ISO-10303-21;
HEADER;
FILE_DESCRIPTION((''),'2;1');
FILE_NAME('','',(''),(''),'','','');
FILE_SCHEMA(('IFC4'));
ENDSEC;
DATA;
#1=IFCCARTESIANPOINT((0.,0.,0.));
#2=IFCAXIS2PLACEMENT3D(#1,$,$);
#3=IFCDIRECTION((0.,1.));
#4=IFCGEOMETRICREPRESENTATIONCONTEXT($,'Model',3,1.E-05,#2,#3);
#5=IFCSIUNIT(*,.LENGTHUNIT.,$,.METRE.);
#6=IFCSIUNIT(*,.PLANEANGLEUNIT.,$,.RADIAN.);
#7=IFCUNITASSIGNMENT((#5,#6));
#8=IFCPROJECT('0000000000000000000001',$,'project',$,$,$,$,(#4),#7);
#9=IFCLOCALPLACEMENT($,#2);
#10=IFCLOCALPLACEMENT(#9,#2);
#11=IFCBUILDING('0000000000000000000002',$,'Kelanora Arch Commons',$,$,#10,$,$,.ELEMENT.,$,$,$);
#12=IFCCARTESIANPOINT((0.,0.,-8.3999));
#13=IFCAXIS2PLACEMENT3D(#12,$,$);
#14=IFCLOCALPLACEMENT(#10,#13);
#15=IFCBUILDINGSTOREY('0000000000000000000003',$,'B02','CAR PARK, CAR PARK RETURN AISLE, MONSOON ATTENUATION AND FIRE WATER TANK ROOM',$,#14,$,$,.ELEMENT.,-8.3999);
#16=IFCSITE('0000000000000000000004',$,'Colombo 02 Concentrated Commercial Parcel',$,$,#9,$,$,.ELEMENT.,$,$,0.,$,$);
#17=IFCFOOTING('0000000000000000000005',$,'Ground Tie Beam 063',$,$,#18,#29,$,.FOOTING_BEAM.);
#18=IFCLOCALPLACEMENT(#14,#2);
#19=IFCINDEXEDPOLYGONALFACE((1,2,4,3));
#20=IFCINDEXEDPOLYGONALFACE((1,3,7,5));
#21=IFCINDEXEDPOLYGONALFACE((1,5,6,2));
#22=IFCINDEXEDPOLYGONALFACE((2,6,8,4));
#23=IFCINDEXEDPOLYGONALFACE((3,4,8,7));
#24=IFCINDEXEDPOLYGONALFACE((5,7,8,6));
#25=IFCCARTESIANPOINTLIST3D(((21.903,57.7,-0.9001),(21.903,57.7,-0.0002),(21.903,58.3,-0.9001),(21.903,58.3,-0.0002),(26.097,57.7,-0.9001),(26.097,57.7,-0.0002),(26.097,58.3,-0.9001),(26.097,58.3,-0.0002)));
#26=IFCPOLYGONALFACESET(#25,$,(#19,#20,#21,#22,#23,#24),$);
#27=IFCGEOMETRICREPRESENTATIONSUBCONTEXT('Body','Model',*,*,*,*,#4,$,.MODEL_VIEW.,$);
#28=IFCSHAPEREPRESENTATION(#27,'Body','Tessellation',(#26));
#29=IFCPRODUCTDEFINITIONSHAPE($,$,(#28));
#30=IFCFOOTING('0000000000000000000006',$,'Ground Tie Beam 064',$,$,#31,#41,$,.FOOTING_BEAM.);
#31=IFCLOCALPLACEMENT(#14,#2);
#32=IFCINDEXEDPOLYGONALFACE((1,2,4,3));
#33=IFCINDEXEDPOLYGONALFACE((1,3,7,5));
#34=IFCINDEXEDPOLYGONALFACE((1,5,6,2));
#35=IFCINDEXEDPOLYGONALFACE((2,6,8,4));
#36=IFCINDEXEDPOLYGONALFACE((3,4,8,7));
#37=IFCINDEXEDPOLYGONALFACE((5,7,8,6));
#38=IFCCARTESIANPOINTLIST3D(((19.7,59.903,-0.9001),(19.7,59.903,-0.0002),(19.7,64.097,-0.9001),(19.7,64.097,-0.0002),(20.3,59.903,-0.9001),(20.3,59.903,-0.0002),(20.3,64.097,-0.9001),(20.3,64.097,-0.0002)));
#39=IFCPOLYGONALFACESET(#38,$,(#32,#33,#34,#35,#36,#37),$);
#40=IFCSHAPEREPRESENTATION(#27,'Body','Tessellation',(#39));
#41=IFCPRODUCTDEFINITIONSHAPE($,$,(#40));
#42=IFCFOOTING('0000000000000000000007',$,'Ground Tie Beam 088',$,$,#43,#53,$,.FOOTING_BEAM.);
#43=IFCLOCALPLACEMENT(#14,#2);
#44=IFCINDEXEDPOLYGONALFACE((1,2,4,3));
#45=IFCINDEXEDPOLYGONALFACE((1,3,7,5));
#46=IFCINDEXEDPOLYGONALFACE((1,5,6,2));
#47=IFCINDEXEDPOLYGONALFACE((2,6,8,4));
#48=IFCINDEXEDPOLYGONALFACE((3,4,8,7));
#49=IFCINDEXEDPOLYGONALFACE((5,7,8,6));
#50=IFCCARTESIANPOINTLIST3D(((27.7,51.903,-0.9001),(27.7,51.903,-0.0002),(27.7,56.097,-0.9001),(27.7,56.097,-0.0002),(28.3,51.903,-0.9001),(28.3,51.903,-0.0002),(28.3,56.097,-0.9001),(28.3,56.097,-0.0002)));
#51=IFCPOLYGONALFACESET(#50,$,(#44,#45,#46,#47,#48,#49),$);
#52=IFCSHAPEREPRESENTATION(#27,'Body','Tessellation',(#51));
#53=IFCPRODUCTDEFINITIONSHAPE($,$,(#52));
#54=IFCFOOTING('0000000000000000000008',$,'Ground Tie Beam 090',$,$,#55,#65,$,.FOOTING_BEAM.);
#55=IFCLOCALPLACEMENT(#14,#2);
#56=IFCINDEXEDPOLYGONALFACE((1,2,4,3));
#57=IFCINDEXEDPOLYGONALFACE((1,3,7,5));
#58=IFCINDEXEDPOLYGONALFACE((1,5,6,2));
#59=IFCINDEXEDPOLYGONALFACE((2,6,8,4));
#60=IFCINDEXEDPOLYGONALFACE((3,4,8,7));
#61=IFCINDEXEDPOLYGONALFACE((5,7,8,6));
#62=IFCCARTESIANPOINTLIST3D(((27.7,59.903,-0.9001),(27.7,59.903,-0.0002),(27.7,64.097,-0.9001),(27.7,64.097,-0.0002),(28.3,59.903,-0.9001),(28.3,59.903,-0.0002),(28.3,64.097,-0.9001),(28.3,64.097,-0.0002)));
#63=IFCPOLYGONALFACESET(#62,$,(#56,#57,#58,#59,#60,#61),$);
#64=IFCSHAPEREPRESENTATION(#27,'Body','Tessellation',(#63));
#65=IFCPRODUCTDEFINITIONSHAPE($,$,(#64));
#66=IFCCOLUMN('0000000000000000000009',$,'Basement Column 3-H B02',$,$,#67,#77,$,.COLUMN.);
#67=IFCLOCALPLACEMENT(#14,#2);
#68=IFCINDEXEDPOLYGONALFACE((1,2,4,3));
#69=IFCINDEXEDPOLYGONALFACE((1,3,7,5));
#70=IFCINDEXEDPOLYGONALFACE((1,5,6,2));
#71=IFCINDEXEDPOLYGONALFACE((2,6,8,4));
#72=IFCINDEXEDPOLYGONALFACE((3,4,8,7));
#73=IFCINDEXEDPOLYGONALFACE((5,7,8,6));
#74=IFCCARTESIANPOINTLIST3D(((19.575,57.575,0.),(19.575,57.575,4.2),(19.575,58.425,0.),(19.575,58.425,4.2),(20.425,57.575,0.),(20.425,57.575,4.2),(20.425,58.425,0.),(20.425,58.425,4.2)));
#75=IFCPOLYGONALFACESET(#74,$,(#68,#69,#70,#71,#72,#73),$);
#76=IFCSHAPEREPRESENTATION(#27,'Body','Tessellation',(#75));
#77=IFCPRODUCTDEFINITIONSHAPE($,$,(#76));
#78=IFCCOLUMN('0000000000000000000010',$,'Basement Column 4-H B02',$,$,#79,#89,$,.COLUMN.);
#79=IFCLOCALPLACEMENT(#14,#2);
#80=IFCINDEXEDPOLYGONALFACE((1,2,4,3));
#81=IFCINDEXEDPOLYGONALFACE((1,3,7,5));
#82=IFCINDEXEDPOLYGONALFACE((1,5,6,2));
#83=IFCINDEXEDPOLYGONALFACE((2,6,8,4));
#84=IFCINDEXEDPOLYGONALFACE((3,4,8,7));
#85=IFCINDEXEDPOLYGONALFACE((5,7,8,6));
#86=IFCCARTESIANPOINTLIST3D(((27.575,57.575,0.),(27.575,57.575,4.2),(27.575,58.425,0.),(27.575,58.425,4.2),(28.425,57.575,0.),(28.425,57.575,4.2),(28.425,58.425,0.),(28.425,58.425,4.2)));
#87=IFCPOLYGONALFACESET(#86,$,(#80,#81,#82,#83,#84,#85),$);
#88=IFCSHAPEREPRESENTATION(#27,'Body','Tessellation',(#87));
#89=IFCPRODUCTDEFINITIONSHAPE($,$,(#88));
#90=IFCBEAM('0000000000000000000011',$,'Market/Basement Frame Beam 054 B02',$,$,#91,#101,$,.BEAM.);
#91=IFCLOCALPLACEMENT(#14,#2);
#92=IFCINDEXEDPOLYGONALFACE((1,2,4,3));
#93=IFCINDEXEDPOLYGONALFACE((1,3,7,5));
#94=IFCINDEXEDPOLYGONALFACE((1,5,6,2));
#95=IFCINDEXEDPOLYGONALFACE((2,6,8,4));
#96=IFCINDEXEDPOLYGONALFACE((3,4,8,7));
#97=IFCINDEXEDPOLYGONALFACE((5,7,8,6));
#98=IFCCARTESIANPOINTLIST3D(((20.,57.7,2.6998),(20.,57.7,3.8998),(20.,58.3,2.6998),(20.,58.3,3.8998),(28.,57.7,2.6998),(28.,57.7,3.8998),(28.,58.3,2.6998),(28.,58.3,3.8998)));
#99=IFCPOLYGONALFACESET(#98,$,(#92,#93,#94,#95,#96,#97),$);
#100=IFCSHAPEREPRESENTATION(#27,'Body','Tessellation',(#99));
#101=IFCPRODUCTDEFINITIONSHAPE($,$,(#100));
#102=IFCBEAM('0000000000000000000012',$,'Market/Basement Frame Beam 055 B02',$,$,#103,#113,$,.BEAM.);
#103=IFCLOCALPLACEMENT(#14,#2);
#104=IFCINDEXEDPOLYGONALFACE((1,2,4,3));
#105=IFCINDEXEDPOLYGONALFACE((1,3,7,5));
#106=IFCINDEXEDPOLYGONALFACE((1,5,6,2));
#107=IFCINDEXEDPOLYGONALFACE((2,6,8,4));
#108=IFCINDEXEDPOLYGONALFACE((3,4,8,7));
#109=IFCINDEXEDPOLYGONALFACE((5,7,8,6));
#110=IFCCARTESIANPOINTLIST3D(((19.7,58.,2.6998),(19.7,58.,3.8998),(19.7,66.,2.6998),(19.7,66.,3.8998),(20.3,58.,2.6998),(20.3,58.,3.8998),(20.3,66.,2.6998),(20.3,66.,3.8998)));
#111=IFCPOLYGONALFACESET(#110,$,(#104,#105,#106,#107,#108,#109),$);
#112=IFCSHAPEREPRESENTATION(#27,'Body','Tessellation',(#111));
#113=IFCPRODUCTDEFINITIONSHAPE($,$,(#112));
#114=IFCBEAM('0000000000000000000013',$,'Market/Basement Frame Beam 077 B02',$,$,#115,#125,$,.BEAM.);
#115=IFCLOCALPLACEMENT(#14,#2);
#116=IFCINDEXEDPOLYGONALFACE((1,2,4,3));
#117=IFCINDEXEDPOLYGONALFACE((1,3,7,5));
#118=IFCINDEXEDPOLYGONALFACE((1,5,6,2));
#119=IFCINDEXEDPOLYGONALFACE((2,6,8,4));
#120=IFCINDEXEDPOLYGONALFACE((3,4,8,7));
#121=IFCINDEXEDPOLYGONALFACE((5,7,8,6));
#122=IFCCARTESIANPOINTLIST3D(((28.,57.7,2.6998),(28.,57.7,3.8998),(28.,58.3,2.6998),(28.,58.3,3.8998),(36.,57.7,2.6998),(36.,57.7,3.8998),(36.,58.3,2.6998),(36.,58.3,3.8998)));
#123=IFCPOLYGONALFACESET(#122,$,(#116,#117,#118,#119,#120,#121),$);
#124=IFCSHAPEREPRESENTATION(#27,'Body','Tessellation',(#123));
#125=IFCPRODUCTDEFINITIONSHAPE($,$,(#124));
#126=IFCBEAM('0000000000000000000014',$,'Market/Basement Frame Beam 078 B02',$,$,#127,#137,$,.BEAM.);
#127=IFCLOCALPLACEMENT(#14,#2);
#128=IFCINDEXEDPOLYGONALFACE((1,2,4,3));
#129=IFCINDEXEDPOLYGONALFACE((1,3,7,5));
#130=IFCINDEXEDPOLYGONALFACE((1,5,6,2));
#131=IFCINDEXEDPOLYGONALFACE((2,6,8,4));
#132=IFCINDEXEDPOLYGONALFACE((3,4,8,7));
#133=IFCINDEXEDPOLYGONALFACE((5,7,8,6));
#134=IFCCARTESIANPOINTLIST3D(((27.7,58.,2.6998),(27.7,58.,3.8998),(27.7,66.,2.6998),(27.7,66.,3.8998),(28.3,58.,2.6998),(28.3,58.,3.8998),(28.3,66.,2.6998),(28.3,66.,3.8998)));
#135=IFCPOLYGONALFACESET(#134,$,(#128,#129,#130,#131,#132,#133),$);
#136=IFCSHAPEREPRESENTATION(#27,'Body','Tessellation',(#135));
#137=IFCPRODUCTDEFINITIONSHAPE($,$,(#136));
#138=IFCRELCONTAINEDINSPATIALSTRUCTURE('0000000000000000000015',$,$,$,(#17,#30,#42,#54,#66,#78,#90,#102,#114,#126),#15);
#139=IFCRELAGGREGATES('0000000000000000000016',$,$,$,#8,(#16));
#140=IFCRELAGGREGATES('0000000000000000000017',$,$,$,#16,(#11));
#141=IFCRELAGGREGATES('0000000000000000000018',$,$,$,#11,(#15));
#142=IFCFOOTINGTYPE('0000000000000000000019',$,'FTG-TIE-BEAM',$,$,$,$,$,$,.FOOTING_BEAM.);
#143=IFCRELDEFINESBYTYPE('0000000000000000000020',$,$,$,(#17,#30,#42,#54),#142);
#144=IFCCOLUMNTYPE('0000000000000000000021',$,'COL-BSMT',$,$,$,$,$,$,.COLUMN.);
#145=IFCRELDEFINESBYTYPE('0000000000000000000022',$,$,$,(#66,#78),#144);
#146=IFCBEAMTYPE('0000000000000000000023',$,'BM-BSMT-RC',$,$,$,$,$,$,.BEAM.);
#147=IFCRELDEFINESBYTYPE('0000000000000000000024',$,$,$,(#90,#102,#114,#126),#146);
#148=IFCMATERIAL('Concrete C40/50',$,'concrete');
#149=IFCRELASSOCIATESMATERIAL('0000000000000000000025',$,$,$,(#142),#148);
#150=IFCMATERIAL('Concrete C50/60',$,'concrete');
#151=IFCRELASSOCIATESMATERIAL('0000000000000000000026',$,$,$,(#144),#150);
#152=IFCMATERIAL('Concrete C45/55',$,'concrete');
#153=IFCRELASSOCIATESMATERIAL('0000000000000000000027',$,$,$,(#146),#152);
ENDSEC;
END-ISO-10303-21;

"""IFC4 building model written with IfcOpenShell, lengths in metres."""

from ifc_helpers import new_model, si_unit, direction, frame, origin, origin_2d, place, context, subcontext, project, spatial, rectangle, extrude, source, transform, mapped, material, material_profile, profile_set, type_object, element, save


model = new_model("IFC4")

# Units and contexts
model_context = context("Model", 3, precision=1e-05, world=origin(), true_north=direction((0.0, 1.0)))
body_context = subcontext(model_context, "Body", "Model", "MODEL_VIEW")
ifc_project = project(units=[si_unit("LENGTHUNIT", "METRE"), si_unit("PLANEANGLEUNIT", "RADIAN")], contexts=[model_context])

# Site, building, storey
site_placement = place(None, origin())
site = spatial("IfcSite", under=ifc_project, at=site_placement, Name="Colombo 02 Concentrated Commercial Parcel", CompositionType="ELEMENT", RefElevation=0.0)
building_placement = place(site_placement, origin())
building = spatial("IfcBuilding", under=site, at=building_placement, Name="Kelanora Arch Commons", CompositionType="ELEMENT")
storey_placement = place(building_placement, frame((0.0, 0.0, -8.3999)))
storey = spatial("IfcBuildingStorey", under=building, at=storey_placement, Name="B02", Description="CAR PARK, CAR PARK RETURN AISLE, MONSOON ATTENUATION AND FIRE WATER TANK ROOM", CompositionType="ELEMENT", Elevation=-8.3999)

# Shared definitions
ifc_material_1 = material(Name="Concrete C40/50", Category="concrete")

# Shared definitions
ifc_material_2 = material(Name="Concrete C45/55", Category="concrete")

# Footings
footing_type_1 = type_object("IfcFootingType", Name="FTG-TIE-BEAM", PredefinedType="FOOTING_BEAM", material=ifc_material_1)
shared_shape_1 = source(origin(), body_context, "Body", "SweptSolid", [
    extrude(rectangle(XDim=4.1941, YDim=0.6001, at=origin_2d()), origin(), (0.0, 0.0, 1.0), 0.8999),
])
for number, where, z_axis, x_axis, name in (
    (1, (24.0, 58.0, -0.9001), (0.0, 0.0, 1.0), (1.0, 0.0, 0.0), "Ground Tie Beam 063"),
    (2, (20.0, 62.0, -0.9001), (0.0, 0.0, 1.0), (0.0, 1.0, 0.0), "Ground Tie Beam 064"),
    (3, (28.0, 54.0, -0.9001), (0.0, 0.0, 1.0), (0.0, 1.0, 0.0), "Ground Tie Beam 088"),
    (4, (28.0, 62.0, -0.9001), (0.0, 0.0, 1.0), (0.0, 1.0, 0.0), "Ground Tie Beam 090"),
):
    element("IfcFooting", number, at=place(storey_placement, frame(where, z_axis=z_axis, x_axis=x_axis)), inside=storey, type_object=footing_type_1, Name=name, PredefinedType="FOOTING_BEAM", context=body_context, shape_type="MappedRepresentation", body=[
        mapped(shared_shape_1, transform((0.0, 0.0, 0.0), scale=1.0)),
    ])

# Columns
ifc_material_3 = material(Name="Concrete C50/60", Category="concrete")
ifc_material_profile_1 = material_profile(ifc_material_3, rectangle(XDim=0.8501, YDim=0.8501, at=origin_2d()), Name="RC850x850")
ifc_profile_set_1 = profile_set([ifc_material_profile_1], Name="Concrete C50/60")
column_type = type_object("IfcColumnType", Name="COL-BSMT", PredefinedType="COLUMN", material=ifc_profile_set_1)
for number, where, z_axis, x_axis, name in (
    (5, (20.0, 58.0, 0.0), (0.0, 0.0, 1.0), (1.0, 0.0, 0.0), "Basement Column 3-H B02"),
    (6, (28.0, 58.0, 0.0), (0.0, 0.0, 1.0), (1.0, 0.0, 0.0), "Basement Column 4-H B02"),
):
    element("IfcColumn", number, at=place(storey_placement, frame(where, z_axis=z_axis, x_axis=x_axis)), inside=storey, type_object=column_type, Name=name, PredefinedType="COLUMN", context=body_context, shape_type="SweptSolid", body=[
        extrude(rectangle(XDim=0.8501, YDim=0.8501, at=origin_2d()), origin(), (0.0, 0.0, 1.0), 4.2),
    ])

# Beams
ifc_material_profile_2 = material_profile(ifc_material_2, rectangle(XDim=0.6001, YDim=1.2, at=origin_2d()), Name="RCB600x1200")
ifc_profile_set_2 = profile_set([ifc_material_profile_2], Name="Concrete C45/55")
beam_type = type_object("IfcBeamType", Name="BM-BSMT-RC", PredefinedType="BEAM", material=ifc_profile_set_2)
for number, where, z_axis, x_axis, name in (
    (7, (20.0, 58.0, 3.2998), (1.0, 0.0, 0.0), (0.0, 1.0, 0.0), "Market/Basement Frame Beam 054 B02"),
    (8, (20.0, 58.0, 3.2998), (0.0, 1.0, 0.0), (-1.0, 0.0, 0.0), "Market/Basement Frame Beam 055 B02"),
    (9, (28.0, 58.0, 3.2998), (1.0, 0.0, 0.0), (0.0, 1.0, 0.0), "Market/Basement Frame Beam 077 B02"),
    (10, (28.0, 58.0, 3.2998), (0.0, 1.0, 0.0), (-1.0, 0.0, 0.0), "Market/Basement Frame Beam 078 B02"),
):
    element("IfcBeam", number, at=place(storey_placement, frame(where, z_axis=z_axis, x_axis=x_axis)), inside=storey, type_object=beam_type, Name=name, PredefinedType="BEAM", context=body_context, shape_type="SweptSolid", body=[
        extrude(rectangle(XDim=0.6001, YDim=1.2, at=origin_2d()), origin(), (0.0, 0.0, 1.0), 8.0),
    ])

save(model, "model.ifc")
